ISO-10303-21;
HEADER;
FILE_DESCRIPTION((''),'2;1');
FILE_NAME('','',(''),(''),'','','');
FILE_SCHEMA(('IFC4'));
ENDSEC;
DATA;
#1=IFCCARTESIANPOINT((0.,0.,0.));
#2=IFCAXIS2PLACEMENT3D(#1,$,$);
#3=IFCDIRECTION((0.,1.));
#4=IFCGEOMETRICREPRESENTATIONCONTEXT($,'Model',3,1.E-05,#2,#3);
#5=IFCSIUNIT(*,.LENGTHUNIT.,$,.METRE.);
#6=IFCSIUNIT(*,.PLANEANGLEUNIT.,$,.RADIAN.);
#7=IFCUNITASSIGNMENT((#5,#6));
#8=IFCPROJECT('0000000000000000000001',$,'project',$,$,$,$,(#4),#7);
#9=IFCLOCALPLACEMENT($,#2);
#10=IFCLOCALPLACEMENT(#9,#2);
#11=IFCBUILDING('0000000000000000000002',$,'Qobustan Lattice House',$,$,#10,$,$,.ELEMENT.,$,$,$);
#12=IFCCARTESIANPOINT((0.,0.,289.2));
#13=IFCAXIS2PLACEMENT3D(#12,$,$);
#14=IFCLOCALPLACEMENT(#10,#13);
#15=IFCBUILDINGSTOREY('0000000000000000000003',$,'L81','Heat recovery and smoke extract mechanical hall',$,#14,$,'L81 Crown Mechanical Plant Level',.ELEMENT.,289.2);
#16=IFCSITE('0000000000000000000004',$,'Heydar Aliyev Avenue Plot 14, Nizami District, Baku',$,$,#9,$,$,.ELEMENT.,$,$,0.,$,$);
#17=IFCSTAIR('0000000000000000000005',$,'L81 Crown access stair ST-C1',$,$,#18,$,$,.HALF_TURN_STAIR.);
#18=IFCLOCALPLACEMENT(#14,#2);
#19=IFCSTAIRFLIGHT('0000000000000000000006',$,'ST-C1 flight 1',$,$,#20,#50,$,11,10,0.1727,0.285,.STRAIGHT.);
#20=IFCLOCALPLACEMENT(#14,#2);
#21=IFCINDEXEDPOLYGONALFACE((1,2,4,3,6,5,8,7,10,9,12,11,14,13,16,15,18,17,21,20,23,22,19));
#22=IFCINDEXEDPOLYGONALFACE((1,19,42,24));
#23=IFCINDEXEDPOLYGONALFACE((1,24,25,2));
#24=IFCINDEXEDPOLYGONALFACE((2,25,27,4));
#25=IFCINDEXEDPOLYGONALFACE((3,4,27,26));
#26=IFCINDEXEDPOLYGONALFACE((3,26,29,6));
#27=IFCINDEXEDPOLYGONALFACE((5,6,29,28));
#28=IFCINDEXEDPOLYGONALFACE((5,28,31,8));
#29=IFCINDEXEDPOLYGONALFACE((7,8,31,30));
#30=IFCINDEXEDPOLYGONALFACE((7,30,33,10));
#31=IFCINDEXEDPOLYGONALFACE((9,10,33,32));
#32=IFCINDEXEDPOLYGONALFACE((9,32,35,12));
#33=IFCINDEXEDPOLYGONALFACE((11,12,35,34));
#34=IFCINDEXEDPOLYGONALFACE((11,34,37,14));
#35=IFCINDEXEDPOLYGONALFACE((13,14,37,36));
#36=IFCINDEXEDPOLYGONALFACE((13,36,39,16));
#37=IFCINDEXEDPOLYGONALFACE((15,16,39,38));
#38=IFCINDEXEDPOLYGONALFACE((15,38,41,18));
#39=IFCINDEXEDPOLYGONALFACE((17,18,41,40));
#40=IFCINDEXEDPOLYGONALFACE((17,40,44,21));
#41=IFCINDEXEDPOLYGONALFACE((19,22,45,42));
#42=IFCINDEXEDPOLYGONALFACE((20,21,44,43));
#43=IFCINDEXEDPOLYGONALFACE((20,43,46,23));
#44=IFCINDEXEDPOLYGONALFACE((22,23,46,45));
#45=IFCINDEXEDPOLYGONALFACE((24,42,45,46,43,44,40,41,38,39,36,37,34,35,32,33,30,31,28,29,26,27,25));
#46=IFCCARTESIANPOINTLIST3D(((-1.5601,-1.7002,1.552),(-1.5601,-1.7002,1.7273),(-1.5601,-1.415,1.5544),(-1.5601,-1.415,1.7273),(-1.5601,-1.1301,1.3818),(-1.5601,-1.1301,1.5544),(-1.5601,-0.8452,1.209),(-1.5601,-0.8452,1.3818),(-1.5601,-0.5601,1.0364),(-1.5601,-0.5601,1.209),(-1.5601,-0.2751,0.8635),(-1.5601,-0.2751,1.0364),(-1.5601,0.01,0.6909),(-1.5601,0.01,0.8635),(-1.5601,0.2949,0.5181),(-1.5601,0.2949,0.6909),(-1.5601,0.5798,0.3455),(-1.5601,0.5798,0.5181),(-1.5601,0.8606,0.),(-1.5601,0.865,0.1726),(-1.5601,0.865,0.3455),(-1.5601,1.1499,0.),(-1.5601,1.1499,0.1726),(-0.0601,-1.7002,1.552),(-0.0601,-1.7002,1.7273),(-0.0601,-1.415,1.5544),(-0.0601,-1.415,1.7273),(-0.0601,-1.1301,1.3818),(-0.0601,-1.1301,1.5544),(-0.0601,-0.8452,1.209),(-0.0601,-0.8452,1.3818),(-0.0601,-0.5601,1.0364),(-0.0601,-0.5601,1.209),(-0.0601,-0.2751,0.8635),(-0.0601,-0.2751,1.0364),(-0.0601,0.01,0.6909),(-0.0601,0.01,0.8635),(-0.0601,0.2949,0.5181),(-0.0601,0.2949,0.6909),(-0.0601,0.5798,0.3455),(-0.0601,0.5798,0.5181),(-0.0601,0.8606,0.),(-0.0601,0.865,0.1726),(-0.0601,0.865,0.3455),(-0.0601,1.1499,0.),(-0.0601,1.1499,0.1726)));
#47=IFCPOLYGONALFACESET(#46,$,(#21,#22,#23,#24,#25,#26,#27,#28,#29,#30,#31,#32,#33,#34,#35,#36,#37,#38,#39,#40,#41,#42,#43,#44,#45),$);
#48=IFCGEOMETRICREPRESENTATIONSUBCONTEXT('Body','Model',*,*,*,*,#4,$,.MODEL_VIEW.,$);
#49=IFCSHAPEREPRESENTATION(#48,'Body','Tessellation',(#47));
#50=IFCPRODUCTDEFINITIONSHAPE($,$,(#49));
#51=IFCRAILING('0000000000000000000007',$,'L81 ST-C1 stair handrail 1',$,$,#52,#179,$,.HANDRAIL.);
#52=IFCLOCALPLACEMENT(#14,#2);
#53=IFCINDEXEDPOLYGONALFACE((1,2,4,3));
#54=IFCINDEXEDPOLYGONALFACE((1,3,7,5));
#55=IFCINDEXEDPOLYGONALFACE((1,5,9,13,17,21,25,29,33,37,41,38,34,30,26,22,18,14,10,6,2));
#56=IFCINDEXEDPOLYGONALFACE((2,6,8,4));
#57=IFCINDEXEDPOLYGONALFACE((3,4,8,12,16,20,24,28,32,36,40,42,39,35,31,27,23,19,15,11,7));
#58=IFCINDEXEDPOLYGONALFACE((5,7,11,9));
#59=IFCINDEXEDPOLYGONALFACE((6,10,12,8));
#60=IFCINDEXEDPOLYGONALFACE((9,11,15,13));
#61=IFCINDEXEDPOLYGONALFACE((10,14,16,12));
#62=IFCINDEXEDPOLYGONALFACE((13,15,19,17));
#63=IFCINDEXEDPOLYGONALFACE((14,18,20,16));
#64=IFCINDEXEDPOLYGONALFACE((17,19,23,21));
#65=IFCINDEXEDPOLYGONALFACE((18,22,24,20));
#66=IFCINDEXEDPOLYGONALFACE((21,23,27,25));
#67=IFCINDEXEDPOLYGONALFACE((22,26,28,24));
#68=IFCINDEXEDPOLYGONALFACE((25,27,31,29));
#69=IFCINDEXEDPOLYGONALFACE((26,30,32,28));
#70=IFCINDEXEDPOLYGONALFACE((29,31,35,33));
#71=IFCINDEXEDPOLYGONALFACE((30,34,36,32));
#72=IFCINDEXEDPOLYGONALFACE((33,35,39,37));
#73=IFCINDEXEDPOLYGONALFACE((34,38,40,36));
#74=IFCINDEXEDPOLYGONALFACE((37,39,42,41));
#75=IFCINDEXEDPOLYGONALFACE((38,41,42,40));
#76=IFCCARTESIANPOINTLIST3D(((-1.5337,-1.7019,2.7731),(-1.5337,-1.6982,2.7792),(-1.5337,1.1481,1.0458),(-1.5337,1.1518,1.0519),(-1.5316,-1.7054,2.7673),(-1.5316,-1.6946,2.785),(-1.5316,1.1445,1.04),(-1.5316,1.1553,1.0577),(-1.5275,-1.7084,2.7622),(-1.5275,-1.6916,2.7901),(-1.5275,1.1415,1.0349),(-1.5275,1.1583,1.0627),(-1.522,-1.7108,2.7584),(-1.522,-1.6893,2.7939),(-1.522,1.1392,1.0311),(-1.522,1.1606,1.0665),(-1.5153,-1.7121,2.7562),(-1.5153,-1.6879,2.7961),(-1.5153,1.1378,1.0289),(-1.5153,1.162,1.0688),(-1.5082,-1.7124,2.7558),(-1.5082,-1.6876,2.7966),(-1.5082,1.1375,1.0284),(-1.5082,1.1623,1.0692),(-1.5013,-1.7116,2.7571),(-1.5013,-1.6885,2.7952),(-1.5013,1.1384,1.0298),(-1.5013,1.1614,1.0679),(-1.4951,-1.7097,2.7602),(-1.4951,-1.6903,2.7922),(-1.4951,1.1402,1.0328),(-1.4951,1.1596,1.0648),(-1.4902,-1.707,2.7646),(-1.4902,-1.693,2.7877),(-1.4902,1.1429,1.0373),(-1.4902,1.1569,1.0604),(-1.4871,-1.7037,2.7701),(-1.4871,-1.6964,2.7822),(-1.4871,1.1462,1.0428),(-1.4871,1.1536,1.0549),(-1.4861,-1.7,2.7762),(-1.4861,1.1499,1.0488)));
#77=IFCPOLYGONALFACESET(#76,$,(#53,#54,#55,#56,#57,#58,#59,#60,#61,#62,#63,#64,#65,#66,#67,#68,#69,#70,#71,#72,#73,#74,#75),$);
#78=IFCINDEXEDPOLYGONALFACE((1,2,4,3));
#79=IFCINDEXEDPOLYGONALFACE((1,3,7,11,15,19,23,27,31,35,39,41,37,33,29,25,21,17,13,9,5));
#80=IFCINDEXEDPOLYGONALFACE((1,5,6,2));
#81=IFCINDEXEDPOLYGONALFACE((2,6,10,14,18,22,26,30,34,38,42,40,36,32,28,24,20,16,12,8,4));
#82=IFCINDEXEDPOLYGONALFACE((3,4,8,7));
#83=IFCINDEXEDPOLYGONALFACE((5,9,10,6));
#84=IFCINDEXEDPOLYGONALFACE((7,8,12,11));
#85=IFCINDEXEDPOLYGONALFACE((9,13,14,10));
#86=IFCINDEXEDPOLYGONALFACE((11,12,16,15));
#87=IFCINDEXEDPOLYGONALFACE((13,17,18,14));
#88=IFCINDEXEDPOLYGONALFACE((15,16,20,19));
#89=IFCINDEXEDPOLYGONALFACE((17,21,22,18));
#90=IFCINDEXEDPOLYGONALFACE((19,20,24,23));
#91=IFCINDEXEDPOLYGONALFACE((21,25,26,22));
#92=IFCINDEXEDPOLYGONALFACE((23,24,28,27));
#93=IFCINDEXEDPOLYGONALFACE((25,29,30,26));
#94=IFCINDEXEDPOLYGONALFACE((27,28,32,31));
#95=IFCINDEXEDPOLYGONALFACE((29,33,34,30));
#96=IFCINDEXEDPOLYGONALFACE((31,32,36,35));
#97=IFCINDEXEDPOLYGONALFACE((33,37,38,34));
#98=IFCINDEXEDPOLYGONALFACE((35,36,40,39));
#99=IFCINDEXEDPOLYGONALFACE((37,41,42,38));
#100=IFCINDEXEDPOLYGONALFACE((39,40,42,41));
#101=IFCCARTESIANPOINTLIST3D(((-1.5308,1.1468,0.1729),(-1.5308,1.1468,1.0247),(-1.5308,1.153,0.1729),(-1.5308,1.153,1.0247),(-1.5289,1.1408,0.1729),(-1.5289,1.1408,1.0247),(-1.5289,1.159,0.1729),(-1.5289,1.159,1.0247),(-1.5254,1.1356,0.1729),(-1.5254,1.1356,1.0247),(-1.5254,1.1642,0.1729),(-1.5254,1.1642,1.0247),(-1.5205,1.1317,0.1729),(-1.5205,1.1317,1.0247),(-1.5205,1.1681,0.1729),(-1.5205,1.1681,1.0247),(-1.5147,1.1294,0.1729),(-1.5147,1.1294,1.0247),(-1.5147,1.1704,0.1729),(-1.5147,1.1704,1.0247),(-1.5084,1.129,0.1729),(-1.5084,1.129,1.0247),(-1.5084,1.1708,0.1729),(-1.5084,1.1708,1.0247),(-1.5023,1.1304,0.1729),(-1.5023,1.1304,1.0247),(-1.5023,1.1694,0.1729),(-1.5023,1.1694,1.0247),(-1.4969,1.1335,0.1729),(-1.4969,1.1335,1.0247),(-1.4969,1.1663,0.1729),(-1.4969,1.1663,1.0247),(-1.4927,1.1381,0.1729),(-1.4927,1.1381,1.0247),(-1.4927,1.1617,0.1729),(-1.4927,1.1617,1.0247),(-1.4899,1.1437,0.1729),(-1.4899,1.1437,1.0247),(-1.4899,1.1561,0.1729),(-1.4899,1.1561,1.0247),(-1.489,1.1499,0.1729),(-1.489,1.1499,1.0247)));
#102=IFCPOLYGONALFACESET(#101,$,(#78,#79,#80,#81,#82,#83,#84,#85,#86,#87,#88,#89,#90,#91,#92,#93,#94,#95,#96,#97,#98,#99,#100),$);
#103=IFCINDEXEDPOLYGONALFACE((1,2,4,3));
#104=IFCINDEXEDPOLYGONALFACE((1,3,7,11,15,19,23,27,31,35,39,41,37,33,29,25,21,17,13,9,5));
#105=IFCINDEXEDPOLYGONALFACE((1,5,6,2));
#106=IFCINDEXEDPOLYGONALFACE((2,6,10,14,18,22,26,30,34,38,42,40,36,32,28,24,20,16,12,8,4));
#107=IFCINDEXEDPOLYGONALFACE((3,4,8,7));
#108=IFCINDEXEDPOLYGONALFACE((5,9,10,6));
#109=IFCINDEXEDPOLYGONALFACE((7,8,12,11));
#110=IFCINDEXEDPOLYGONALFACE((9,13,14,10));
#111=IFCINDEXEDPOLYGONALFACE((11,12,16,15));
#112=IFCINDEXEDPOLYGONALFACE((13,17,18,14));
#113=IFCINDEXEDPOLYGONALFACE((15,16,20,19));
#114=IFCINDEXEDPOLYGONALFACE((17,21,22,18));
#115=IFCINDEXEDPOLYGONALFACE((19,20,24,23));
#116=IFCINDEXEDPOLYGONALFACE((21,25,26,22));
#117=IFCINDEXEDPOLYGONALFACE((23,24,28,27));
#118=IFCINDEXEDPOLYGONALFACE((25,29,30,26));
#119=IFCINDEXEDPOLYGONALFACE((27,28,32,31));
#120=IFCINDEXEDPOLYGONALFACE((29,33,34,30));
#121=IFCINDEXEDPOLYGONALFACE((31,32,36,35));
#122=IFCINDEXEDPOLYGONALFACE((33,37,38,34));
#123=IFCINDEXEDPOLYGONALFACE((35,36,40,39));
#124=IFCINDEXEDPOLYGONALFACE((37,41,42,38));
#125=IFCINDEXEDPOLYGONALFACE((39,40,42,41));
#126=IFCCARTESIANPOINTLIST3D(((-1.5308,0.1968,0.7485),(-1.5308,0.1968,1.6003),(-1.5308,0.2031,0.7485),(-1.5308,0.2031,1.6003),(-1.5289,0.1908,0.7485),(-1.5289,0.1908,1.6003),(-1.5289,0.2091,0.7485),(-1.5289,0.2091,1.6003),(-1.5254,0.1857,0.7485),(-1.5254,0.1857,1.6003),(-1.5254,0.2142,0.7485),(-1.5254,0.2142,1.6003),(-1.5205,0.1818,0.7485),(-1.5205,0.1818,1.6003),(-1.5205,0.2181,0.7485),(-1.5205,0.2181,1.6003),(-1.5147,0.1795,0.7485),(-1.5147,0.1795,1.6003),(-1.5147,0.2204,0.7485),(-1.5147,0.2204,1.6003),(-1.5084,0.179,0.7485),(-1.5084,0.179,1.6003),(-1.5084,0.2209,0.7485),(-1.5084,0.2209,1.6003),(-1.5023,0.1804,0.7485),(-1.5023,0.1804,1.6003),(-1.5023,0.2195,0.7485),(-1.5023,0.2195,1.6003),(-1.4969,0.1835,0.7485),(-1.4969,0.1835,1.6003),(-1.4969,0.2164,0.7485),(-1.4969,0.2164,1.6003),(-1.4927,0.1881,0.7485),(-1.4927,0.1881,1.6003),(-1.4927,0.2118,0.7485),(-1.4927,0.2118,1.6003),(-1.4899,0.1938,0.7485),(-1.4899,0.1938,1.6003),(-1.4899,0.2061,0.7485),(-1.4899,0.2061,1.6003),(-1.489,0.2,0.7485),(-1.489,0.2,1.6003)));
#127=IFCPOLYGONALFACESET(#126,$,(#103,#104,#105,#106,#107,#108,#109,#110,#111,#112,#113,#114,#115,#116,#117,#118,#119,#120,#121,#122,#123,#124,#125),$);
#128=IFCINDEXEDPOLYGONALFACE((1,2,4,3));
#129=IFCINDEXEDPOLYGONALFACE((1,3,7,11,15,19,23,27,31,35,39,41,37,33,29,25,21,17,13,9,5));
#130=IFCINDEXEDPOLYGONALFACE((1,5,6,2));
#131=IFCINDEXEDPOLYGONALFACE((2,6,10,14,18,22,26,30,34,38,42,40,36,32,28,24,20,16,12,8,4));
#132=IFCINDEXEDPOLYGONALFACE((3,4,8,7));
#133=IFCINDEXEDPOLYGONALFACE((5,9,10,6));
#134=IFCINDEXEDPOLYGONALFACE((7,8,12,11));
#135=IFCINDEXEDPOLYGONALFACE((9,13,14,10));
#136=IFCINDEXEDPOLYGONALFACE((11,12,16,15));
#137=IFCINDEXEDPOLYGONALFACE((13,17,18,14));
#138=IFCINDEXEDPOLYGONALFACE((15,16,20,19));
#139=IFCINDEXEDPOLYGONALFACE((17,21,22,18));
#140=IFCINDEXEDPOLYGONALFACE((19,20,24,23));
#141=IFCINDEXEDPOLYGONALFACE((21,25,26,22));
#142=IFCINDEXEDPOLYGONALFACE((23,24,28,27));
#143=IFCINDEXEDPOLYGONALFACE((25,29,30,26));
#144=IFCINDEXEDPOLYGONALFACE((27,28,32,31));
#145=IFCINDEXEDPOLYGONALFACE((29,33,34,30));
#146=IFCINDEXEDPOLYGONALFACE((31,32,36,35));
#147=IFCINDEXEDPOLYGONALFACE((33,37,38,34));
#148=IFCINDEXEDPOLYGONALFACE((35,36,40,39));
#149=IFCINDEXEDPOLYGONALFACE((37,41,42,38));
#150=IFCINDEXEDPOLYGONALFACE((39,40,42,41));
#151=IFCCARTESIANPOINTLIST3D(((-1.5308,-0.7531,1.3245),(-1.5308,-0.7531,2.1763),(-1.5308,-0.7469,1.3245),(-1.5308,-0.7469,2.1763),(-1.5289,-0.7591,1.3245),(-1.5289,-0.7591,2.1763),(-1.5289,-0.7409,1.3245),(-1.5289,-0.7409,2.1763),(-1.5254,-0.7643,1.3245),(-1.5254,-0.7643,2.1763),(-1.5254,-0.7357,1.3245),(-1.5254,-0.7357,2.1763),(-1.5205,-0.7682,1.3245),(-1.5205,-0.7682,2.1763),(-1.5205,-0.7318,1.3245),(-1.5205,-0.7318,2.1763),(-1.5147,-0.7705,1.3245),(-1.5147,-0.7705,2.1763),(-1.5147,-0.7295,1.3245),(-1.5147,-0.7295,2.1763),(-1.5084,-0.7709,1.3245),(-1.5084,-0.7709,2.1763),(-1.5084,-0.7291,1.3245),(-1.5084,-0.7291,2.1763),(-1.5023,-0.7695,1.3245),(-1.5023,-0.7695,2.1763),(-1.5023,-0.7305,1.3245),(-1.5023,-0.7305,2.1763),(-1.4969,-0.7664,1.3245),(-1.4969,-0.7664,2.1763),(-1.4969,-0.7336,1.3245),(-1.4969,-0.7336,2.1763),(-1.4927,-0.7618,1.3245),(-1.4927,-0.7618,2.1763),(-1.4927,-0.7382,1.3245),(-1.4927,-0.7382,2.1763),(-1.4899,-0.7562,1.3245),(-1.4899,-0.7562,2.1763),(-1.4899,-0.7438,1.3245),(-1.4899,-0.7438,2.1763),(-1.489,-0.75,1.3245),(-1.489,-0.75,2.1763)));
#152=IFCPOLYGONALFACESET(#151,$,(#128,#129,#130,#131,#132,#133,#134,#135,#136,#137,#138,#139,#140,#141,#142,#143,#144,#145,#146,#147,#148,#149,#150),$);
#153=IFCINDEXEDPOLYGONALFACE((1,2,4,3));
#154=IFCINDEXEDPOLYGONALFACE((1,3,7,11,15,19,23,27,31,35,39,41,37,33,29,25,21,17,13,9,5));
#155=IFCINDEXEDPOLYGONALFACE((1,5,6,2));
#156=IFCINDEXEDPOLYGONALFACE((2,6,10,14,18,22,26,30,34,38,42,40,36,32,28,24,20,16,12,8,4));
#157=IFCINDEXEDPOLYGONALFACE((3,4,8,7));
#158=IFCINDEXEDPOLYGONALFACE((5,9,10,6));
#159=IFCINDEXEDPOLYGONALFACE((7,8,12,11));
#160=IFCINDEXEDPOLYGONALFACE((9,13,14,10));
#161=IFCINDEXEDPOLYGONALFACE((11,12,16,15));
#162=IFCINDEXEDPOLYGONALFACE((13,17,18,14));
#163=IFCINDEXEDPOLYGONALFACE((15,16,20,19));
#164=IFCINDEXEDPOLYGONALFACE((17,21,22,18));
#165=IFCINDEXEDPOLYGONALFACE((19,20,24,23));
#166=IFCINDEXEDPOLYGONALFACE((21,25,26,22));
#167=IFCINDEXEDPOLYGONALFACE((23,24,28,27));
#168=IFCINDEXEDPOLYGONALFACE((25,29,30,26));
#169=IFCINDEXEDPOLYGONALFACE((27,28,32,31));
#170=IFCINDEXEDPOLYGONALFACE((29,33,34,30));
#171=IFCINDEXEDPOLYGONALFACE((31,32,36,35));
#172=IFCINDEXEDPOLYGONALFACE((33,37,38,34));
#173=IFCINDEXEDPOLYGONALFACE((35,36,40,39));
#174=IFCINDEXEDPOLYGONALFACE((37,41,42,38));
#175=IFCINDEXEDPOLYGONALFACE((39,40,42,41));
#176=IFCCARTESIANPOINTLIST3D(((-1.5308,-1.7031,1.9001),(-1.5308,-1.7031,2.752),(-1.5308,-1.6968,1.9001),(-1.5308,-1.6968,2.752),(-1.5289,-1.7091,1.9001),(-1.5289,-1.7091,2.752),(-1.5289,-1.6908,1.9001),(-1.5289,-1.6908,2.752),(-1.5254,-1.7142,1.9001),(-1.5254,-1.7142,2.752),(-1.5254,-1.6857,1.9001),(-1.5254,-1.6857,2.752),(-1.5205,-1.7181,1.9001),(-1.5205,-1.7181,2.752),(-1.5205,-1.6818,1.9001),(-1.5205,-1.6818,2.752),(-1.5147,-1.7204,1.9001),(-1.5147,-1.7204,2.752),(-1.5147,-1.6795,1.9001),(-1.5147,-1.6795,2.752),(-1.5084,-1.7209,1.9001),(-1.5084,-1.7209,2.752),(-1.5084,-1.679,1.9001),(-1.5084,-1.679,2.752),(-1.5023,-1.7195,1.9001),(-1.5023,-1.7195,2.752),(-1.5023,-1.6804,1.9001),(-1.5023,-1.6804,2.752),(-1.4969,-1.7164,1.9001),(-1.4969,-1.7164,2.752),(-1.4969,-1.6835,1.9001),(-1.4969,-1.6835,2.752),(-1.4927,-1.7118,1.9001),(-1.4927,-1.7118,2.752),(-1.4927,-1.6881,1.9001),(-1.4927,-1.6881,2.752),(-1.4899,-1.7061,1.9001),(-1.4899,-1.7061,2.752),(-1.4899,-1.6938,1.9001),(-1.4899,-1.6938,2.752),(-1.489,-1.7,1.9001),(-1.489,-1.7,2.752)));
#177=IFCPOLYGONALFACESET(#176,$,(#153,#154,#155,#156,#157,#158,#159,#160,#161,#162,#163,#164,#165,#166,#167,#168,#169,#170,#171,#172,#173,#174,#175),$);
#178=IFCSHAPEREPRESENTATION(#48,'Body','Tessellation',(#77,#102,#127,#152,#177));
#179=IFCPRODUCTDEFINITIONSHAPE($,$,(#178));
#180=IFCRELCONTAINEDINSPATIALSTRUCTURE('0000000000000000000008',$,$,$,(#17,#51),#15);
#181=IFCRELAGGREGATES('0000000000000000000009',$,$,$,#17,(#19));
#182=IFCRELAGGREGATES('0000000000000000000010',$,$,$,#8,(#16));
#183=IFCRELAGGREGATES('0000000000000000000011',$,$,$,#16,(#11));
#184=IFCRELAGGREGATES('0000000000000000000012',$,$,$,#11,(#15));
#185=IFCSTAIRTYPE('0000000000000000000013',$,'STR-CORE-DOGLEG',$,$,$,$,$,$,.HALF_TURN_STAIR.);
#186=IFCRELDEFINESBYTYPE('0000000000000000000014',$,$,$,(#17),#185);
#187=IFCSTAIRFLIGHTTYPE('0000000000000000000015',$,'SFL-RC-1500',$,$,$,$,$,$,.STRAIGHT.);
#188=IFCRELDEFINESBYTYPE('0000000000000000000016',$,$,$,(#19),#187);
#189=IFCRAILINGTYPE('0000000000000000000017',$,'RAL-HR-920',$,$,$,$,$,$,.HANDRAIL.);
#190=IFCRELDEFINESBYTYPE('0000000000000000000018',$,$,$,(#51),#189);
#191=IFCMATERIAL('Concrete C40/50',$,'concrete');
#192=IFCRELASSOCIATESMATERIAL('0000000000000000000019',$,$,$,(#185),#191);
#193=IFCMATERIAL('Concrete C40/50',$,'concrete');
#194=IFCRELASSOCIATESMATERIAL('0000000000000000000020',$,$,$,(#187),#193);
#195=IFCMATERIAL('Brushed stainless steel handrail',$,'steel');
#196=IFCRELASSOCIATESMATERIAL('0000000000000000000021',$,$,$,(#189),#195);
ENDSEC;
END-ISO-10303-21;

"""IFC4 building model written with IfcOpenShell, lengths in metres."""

from ifc_helpers import new_model, si_unit, direction, frame, origin, origin_2d, place, context, subcontext, project, spatial, polyline, circle, outline, extrude, material, type_object, element, aggregate, save


model = new_model("IFC4")

# Units and contexts
model_context = context("Model", 3, precision=1e-05, world=origin(), true_north=direction((0.0, 1.0)))
body_context = subcontext(model_context, "Body", "Model", "MODEL_VIEW")
ifc_project = project(units=[si_unit("LENGTHUNIT", "METRE"), si_unit("PLANEANGLEUNIT", "RADIAN")], contexts=[model_context])

# Site, building, storey
site_placement = place(None, origin())
site = spatial("IfcSite", under=ifc_project, at=site_placement, Name="Heydar Aliyev Avenue Plot 14, Nizami District, Baku", CompositionType="ELEMENT", RefElevation=0.0)
building_placement = place(site_placement, origin())
building = spatial("IfcBuilding", under=site, at=building_placement, Name="Qobustan Lattice House", CompositionType="ELEMENT")
storey_placement = place(building_placement, frame((0.0, 0.0, 289.2)))
storey = spatial("IfcBuildingStorey", under=building, at=storey_placement, Name="L81", Description="Heat recovery and smoke extract mechanical hall", LongName="L81 Crown Mechanical Plant Level", CompositionType="ELEMENT", Elevation=289.2)

# Stair, stair flight
ifc_material_1 = material(Name="Concrete C40/50", Category="concrete")
stair_type = type_object("IfcStairType", Name="STR-CORE-DOGLEG", PredefinedType="HALF_TURN_STAIR", material=ifc_material_1)
stair_placement = place(storey_placement, origin())
stair = element("IfcStair", 1, at=stair_placement, inside=storey, type_object=stair_type, Name="L81 Crown access stair ST-C1", PredefinedType="HALF_TURN_STAIR")
ifc_material_2 = material(Name="Concrete C40/50", Category="concrete")
stair_flight_type = type_object("IfcStairFlightType", Name="SFL-RC-1500", PredefinedType="STRAIGHT", material=ifc_material_2)
stair_flight_placement = place(storey_placement, frame((-0.8101, 1.1499, 0.0), z_axis=(0.0, 0.0, 1.0), x_axis=(0.0, -1.0, 0.0)))
stair_flight = element("IfcStairFlight", 2, at=stair_flight_placement, type_object=stair_flight_type, Name="ST-C1 flight 1", NumberOfRisers=11, NumberOfTreads=10, PredefinedType="STRAIGHT", RiserHeight=0.1727, TreadLength=0.285, context=body_context, shape_type="SweptSolid", body=[
    extrude(outline(polyline([(0.0, 0.0), (0.0, 0.1726), (0.2849, 0.1726), (0.2849, 0.3455), (0.5701, 0.3455), (0.5701, 0.5181), (0.855, 0.5181), (0.855, 0.6909), (1.1399, 0.6909), (1.1399, 0.8635), (1.425, 0.8635), (1.425, 1.0364), (1.71, 1.0364), (1.71, 1.209), (1.9951, 1.209), (1.9951, 1.3818), (2.28, 1.3818), (2.28, 1.5544), (2.5649, 1.5544), (2.5649, 1.7273), (2.8501, 1.7273), (2.8501, 1.8999), (2.8501, 1.552), (0.2893, 0.0), (0.0, 0.0)])), frame((0.0, 0.75, 0.0), z_axis=(0.0, -1.0, 0.0), x_axis=(1.0, 0.0, 0.0)), (0.0, 0.0, 1.0), 1.5),
])
aggregate(stair, [stair_flight])

# Railing
ifc_material_3 = material(Name="Brushed stainless steel handrail", Category="steel")
railing_type_1 = type_object("IfcRailingType", Name="RAL-HR-920", PredefinedType="HANDRAIL", material=ifc_material_3)
railing_1_placement = place(storey_placement, frame((-1.51, 1.1499, 0.1729)))
element("IfcRailing", 3, at=railing_1_placement, inside=storey, type_object=railing_type_1, Name="L81 ST-C1 stair handrail 1", PredefinedType="HANDRAIL", context=body_context, shape_type="SweptSolid", body=[
    extrude(circle(Radius=0.0239, at=origin_2d()), frame((0.0, 0.0, 0.876), z_axis=(0.0, -0.855183, 0.518326), x_axis=(1.0, 0.0, 0.0)), (0.0, 0.0, 1.0), 3.3325),
    extrude(circle(Radius=0.021, at=origin_2d()), origin(), (0.0, 0.0, 1.0), 0.8518),
    extrude(circle(Radius=0.021, at=origin_2d()), frame((0.0, -0.95, 0.5757)), (0.0, 0.0, 1.0), 0.8518),
    extrude(circle(Radius=0.021, at=origin_2d()), frame((0.0, -1.8999, 1.1516)), (0.0, 0.0, 1.0), 0.8518),
    extrude(circle(Radius=0.021, at=origin_2d()), frame((0.0, -2.8499, 1.7273)), (0.0, 0.0, 1.0), 0.8518),
])

save(model, "model.ifc")
